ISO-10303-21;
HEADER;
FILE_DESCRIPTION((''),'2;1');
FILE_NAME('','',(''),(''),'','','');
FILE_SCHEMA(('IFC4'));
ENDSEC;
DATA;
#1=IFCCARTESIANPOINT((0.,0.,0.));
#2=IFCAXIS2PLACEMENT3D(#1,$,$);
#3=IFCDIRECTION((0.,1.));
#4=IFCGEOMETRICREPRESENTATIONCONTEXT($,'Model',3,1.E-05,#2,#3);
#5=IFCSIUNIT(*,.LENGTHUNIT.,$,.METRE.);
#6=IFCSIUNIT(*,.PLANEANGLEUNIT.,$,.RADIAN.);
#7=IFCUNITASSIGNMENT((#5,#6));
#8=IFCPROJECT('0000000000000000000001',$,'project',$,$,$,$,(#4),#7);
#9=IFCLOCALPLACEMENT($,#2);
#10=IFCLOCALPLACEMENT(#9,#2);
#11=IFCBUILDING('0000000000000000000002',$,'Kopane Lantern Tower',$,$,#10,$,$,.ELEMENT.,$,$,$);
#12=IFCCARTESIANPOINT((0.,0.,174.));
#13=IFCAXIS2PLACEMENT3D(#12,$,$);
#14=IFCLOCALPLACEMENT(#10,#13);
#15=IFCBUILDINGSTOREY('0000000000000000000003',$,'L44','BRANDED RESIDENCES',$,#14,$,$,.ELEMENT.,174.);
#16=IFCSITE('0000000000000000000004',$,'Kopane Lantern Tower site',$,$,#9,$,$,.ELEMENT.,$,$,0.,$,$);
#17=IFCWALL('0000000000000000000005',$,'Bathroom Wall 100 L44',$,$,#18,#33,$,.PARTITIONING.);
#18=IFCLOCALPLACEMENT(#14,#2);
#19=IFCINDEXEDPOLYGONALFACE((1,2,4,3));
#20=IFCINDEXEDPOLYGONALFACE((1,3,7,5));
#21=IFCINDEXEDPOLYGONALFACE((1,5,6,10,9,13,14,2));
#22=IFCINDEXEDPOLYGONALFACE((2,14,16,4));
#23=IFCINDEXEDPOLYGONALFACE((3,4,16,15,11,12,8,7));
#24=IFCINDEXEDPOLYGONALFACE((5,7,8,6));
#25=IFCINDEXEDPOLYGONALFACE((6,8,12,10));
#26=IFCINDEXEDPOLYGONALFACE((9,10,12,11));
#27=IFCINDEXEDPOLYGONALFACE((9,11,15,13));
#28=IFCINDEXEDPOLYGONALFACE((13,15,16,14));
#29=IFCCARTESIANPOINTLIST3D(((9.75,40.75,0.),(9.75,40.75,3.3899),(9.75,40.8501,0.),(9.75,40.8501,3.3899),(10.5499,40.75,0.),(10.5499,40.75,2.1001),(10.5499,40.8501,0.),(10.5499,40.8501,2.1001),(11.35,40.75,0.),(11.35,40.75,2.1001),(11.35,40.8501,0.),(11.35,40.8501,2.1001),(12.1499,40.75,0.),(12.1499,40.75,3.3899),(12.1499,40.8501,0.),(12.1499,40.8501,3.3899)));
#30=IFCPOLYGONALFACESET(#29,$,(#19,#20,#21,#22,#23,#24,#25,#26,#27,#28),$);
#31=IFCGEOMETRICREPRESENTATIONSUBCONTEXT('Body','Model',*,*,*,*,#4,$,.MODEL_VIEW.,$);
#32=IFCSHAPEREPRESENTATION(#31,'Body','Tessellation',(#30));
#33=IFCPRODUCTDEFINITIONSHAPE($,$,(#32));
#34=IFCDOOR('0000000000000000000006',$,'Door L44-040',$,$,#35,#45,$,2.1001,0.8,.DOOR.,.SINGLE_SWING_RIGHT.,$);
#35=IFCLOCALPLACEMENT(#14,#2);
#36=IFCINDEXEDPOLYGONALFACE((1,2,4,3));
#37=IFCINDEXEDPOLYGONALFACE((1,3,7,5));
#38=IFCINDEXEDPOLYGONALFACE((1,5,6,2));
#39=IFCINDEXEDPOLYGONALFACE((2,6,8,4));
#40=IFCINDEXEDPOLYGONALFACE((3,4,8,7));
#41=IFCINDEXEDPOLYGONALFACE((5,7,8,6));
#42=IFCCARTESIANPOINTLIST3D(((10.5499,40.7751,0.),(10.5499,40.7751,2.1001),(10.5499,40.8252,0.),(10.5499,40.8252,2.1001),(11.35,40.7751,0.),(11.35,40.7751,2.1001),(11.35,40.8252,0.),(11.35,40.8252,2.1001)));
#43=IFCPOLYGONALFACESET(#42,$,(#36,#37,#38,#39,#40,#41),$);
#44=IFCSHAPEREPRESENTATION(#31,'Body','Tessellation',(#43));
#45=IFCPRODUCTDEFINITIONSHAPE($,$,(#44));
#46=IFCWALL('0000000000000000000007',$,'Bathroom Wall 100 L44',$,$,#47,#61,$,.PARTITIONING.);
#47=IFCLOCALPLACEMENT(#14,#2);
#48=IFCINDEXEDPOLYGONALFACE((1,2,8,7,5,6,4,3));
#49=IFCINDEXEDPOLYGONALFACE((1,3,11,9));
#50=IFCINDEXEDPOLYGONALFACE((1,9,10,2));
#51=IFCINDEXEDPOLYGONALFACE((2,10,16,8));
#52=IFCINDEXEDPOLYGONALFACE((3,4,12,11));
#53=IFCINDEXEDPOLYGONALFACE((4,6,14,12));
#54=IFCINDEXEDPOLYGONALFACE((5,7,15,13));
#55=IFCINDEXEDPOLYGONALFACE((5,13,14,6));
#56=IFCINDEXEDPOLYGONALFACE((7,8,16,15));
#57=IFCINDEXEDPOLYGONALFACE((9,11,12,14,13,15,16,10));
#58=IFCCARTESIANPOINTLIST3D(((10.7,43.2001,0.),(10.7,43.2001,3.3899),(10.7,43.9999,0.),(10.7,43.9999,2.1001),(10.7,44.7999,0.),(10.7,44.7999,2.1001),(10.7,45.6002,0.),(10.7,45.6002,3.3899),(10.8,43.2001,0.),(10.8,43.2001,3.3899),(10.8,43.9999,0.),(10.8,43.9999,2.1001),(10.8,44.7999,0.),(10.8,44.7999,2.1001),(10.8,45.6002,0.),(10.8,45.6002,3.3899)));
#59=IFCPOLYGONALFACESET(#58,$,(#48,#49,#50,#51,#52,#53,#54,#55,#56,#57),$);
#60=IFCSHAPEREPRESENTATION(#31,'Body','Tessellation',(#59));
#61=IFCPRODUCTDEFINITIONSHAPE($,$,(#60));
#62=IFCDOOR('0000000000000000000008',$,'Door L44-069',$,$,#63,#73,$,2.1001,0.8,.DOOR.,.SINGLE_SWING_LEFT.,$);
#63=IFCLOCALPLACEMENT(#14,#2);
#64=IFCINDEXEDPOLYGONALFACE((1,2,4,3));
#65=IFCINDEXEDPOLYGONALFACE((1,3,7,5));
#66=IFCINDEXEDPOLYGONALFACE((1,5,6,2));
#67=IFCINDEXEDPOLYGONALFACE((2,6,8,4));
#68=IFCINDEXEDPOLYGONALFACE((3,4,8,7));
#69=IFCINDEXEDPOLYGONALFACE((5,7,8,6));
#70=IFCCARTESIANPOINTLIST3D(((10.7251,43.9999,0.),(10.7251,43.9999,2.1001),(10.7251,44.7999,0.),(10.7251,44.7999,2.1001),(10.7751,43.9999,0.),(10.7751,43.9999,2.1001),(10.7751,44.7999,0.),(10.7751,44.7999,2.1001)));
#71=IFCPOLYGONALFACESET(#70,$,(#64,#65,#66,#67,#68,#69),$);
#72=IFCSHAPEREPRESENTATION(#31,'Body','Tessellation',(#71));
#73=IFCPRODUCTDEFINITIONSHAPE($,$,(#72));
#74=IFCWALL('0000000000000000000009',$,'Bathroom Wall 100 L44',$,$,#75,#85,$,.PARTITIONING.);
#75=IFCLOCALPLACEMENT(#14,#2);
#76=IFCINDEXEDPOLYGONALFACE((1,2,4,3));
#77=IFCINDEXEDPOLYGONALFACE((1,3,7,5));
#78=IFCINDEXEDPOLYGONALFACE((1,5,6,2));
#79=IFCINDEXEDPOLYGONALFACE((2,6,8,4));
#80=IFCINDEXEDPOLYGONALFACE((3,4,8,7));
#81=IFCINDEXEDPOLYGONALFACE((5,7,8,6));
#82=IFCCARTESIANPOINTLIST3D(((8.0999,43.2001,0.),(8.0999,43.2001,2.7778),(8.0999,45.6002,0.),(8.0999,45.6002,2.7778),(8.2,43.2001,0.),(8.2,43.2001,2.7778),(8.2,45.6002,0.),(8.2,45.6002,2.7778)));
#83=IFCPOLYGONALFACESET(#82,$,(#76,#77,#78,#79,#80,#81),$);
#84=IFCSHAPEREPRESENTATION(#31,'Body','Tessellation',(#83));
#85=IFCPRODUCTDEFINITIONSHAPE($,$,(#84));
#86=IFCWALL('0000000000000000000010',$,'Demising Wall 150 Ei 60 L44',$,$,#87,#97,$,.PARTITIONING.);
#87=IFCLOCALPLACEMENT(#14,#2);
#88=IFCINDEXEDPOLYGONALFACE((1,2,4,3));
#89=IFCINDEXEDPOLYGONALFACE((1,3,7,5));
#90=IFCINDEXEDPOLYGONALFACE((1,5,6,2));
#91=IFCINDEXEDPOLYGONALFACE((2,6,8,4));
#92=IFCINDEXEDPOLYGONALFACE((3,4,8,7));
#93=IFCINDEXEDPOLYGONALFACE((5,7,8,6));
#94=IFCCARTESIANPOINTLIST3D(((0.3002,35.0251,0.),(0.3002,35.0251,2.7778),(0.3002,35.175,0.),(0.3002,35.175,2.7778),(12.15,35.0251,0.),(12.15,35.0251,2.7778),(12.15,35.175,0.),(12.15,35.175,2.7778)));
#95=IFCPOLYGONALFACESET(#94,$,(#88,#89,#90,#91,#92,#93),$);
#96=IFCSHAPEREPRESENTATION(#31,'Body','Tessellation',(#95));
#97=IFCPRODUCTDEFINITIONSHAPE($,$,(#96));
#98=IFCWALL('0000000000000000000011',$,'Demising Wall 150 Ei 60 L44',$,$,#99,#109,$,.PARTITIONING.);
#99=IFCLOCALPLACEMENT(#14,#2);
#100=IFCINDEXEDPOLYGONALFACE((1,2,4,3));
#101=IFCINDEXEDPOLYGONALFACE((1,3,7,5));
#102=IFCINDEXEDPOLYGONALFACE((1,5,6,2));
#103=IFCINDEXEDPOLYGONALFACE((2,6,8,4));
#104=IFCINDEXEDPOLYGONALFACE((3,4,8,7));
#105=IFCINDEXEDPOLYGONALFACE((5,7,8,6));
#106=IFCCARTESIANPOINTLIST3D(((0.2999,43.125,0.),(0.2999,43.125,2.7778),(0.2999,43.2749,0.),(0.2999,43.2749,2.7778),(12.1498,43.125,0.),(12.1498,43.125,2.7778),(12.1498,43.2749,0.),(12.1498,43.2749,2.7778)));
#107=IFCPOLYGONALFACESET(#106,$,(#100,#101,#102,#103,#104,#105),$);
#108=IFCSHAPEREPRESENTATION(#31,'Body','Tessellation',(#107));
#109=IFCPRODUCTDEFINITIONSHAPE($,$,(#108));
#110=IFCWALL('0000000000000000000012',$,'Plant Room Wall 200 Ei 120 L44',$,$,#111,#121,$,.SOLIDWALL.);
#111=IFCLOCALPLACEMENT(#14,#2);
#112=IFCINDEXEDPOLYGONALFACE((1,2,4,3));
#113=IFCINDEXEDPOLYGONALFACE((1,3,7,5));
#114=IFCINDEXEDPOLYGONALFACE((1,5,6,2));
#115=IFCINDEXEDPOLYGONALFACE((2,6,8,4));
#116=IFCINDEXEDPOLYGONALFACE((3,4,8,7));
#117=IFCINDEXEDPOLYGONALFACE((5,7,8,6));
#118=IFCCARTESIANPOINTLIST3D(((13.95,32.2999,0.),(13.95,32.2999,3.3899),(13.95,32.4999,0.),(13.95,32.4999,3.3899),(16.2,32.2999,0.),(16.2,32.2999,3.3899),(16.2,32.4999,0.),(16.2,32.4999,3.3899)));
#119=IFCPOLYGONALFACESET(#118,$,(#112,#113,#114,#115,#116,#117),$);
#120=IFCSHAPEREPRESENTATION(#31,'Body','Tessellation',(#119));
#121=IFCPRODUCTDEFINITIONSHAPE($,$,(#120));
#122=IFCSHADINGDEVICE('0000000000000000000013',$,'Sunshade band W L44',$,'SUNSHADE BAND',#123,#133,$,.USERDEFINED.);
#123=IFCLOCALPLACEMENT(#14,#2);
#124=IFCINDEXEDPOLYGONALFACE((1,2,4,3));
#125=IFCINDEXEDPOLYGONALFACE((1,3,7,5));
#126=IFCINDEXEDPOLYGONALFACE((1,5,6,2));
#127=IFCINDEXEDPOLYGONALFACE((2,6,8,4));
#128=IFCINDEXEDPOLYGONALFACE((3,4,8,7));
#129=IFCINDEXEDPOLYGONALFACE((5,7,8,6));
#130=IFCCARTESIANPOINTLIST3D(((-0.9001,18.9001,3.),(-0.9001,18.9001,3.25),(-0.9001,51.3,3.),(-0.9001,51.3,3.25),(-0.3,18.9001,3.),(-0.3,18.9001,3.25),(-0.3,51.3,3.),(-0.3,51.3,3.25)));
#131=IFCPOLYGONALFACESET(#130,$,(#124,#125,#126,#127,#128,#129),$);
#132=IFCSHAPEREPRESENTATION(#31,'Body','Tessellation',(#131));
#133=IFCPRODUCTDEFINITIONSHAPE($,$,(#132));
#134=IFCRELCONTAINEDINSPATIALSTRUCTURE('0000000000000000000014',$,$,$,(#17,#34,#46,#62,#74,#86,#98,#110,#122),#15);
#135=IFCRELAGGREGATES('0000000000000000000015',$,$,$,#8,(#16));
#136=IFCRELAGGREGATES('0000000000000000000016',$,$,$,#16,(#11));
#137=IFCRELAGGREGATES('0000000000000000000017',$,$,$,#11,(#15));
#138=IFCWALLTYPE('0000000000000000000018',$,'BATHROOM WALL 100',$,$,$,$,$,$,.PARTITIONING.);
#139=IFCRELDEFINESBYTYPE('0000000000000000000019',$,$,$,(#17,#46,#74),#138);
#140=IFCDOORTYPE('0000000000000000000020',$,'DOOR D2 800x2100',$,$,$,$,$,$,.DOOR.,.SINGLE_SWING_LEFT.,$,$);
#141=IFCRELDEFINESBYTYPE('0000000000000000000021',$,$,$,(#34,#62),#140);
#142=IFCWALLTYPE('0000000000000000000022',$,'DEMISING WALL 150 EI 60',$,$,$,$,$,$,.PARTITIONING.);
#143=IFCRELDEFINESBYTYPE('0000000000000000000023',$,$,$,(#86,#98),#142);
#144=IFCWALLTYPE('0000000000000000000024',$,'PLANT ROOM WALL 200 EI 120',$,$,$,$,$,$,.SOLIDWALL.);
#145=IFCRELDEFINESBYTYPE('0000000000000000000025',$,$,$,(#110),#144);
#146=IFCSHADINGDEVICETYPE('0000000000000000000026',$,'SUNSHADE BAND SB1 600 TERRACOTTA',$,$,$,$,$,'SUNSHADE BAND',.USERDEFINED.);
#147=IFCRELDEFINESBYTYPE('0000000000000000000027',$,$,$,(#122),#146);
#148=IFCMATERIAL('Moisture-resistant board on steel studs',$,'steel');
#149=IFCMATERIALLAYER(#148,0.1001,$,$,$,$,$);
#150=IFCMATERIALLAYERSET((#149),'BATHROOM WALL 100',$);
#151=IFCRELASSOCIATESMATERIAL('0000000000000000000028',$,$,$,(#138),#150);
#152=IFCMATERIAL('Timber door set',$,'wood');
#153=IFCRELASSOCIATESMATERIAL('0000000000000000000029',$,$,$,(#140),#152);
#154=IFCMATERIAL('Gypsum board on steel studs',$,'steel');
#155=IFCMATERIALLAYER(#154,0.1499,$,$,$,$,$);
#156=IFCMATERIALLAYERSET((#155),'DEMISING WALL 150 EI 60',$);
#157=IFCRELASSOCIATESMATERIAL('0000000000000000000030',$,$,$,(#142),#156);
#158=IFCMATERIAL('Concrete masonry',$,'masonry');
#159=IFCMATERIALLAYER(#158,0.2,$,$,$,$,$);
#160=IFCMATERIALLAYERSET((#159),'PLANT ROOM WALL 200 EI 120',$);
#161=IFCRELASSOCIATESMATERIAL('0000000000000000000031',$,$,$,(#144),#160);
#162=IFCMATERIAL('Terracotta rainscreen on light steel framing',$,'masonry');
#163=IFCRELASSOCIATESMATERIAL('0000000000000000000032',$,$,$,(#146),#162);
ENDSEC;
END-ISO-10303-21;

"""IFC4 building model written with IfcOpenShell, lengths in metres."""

from ifc_helpers import new_model, si_unit, direction, frame, frame_2d, origin, origin_2d, place, context, subcontext, project, spatial, rectangle, extrude, material, layer, layer_set, type_object, element, fill, save


model = new_model("IFC4")

# Units and contexts
model_context = context("Model", 3, precision=1e-05, world=origin(), true_north=direction((0.0, 1.0)))
body_context = subcontext(model_context, "Body", "Model", "MODEL_VIEW")
ifc_project = project(units=[si_unit("LENGTHUNIT", "METRE"), si_unit("PLANEANGLEUNIT", "RADIAN")], contexts=[model_context])

# Site, building, storey
site_placement = place(None, origin())
site = spatial("IfcSite", under=ifc_project, at=site_placement, Name="Kopane Lantern Tower site", CompositionType="ELEMENT", RefElevation=0.0)
building_placement = place(site_placement, origin())
building = spatial("IfcBuilding", under=site, at=building_placement, Name="Kopane Lantern Tower", CompositionType="ELEMENT")
storey_placement = place(building_placement, frame((0.0, 0.0, 174.0)))
storey = spatial("IfcBuildingStorey", under=building, at=storey_placement, Name="L44", Description="BRANDED RESIDENCES", CompositionType="ELEMENT", Elevation=174.0)

# Walls, openings, doors
ifc_material_1 = material(Name="Moisture-resistant board on steel studs", Category="steel")
ifc_layer_1 = layer(ifc_material_1, 0.1001)
ifc_layer_set_1 = layer_set([ifc_layer_1], Name="BATHROOM WALL 100")
wall_type_1 = type_object("IfcWallType", Name="BATHROOM WALL 100", PredefinedType="PARTITIONING", material=ifc_layer_set_1)
ifc_material_2 = material(Name="Timber door set", Category="wood")
door_type = type_object("IfcDoorType", Name="DOOR D2 800x2100", OperationType="SINGLE_SWING_LEFT", PredefinedType="DOOR", material=ifc_material_2)
wall_1_placement = place(storey_placement, frame((12.1499, 40.8, 0.0), z_axis=(0.0, 0.0, 1.0), x_axis=(-1.0, 0.0, 0.0)))
wall_1 = element("IfcWall", 1, at=wall_1_placement, inside=storey, type_object=wall_type_1, Name="Bathroom Wall 100 L44", PredefinedType="PARTITIONING", context=body_context, shape_type="SweptSolid", body=[
    extrude(rectangle(XDim=2.3999, YDim=0.1001, at=frame_2d((1.2, 0.0))), origin(), (0.0, 0.0, 1.0), 3.3899),
])
opening_1_placement = place(wall_1_placement, frame((0.8, 0.0, 0.0)))
opening_1 = element("IfcOpeningElement", 2, at=opening_1_placement, cuts=wall_1, PredefinedType="OPENING", context=body_context, shape_type="SweptSolid", body=[
    extrude(rectangle(XDim=0.8, YDim=2.1001, at=frame_2d((0.3999, 1.05))), frame((0.0, 0.0601, 0.0), z_axis=(0.0, -1.0, 0.0), x_axis=(1.0, 0.0, 0.0)), (0.0, 0.0, 1.0), 0.1201),
])
door_1_placement = place(opening_1_placement, origin())
door_1 = element("IfcDoor", 3, at=door_1_placement, inside=storey, type_object=door_type, Name="Door L44-040", OperationType="SINGLE_SWING_RIGHT", OverallHeight=2.1001, OverallWidth=0.8, PredefinedType="DOOR", context=body_context, shape_type="SweptSolid", body=[
    extrude(rectangle(XDim=0.8, YDim=2.1001, at=frame_2d((0.3999, 1.05))), frame((0.0, 0.0249, 0.0), z_axis=(0.0, -1.0, 0.0), x_axis=(1.0, 0.0, 0.0)), (0.0, 0.0, 1.0), 0.05),
])
fill(opening_1, door_1)
wall_2_placement = place(storey_placement, frame((10.75, 43.2, 0.0), z_axis=(0.0, 0.0, 1.0), x_axis=(0.0, 1.0, 0.0)))
wall_2 = element("IfcWall", 4, at=wall_2_placement, inside=storey, type_object=wall_type_1, Name="Bathroom Wall 100 L44", PredefinedType="PARTITIONING", context=body_context, shape_type="SweptSolid", body=[
    extrude(rectangle(XDim=2.4001, YDim=0.1001, at=frame_2d((1.2002, 0.0))), origin(), (0.0, 0.0, 1.0), 3.3899),
])
opening_2_placement = place(wall_2_placement, frame((0.8, 0.0, 0.0)))
opening_2 = element("IfcOpeningElement", 5, at=opening_2_placement, cuts=wall_2, PredefinedType="OPENING", context=body_context, shape_type="SweptSolid", body=[
    extrude(rectangle(XDim=0.8, YDim=2.1001, at=frame_2d((0.3999, 1.05))), frame((0.0, 0.0601, 0.0), z_axis=(0.0, -1.0, 0.0), x_axis=(1.0, 0.0, 0.0)), (0.0, 0.0, 1.0), 0.1201),
])
door_2_placement = place(opening_2_placement, origin())
door_2 = element("IfcDoor", 6, at=door_2_placement, inside=storey, type_object=door_type, Name="Door L44-069", OperationType="SINGLE_SWING_LEFT", OverallHeight=2.1001, OverallWidth=0.8, PredefinedType="DOOR", context=body_context, shape_type="SweptSolid", body=[
    extrude(rectangle(XDim=0.8, YDim=2.1001, at=frame_2d((0.3999, 1.05))), frame((0.0, 0.0249, 0.0), z_axis=(0.0, -1.0, 0.0), x_axis=(1.0, 0.0, 0.0)), (0.0, 0.0, 1.0), 0.05),
])
fill(opening_2, door_2)

# Walls
wall_3_placement = place(storey_placement, frame((8.1499, 43.2, 0.0), z_axis=(0.0, 0.0, 1.0), x_axis=(0.0, 1.0, 0.0)))
element("IfcWall", 7, at=wall_3_placement, inside=storey, type_object=wall_type_1, Name="Bathroom Wall 100 L44", PredefinedType="PARTITIONING", context=body_context, shape_type="SweptSolid", body=[
    extrude(rectangle(XDim=2.4001, YDim=0.1001, at=frame_2d((1.2002, 0.0))), origin(), (0.0, 0.0, 1.0), 2.7778),
])
ifc_material_3 = material(Name="Gypsum board on steel studs", Category="steel")
ifc_layer_2 = layer(ifc_material_3, 0.1499)
ifc_layer_set_2 = layer_set([ifc_layer_2], Name="DEMISING WALL 150 EI 60")
wall_type_2 = type_object("IfcWallType", Name="DEMISING WALL 150 EI 60", PredefinedType="PARTITIONING", material=ifc_layer_set_2)
for number, where, z_axis, x_axis, name in (
    (8, (12.1499, 35.1001, 0.0), (0.0, 0.0, 1.0), (-1.0, 0.0, 0.0), "Demising Wall 150 Ei 60 L44"),
    (9, (0.3, 43.2, 0.0), (0.0, 0.0, 1.0), (1.0, 0.0, 0.0), "Demising Wall 150 Ei 60 L44"),
):
    element("IfcWall", number, at=place(storey_placement, frame(where, z_axis=z_axis, x_axis=x_axis)), inside=storey, type_object=wall_type_2, Name=name, PredefinedType="PARTITIONING", context=body_context, shape_type="SweptSolid", body=[
        extrude(rectangle(XDim=11.8499, YDim=0.1499, at=frame_2d((5.9248, 0.0))), origin(), (0.0, 0.0, 1.0), 2.7778),
    ])
ifc_material_4 = material(Name="Concrete masonry", Category="masonry")
ifc_layer_3 = layer(ifc_material_4, 0.2)
ifc_layer_set_3 = layer_set([ifc_layer_3], Name="PLANT ROOM WALL 200 EI 120")
wall_type_3 = type_object("IfcWallType", Name="PLANT ROOM WALL 200 EI 120", PredefinedType="SOLIDWALL", material=ifc_layer_set_3)
wall_4_placement = place(storey_placement, frame((13.95, 32.3999, 0.0), z_axis=(0.0, 0.0, 1.0), x_axis=(1.0, 0.0, 0.0)))
element("IfcWall", 10, at=wall_4_placement, inside=storey, type_object=wall_type_3, Name="Plant Room Wall 200 Ei 120 L44", PredefinedType="SOLIDWALL", context=body_context, shape_type="SweptSolid", body=[
    extrude(rectangle(XDim=2.25, YDim=0.2, at=frame_2d((1.125, 0.0))), origin(), (0.0, 0.0, 1.0), 3.3899),
])

# Shading device
ifc_material_5 = material(Name="Terracotta rainscreen on light steel framing", Category="masonry")
shading_device_type = type_object("IfcShadingDeviceType", Name="SUNSHADE BAND SB1 600 TERRACOTTA", ElementType="SUNSHADE BAND", PredefinedType="USERDEFINED", material=ifc_material_5)
shading_device_placement = place(storey_placement, frame((-0.6001, 35.1001, 3.0), z_axis=(0.0, 0.0, 1.0), x_axis=(0.0, -1.0, 0.0)))
element("IfcShadingDevice", 11, at=shading_device_placement, inside=storey, type_object=shading_device_type, Name="Sunshade band W L44", ObjectType="SUNSHADE BAND", PredefinedType="USERDEFINED", context=body_context, shape_type="SweptSolid", body=[
    extrude(rectangle(XDim=32.3999, YDim=0.6001, at=origin_2d()), origin(), (0.0, 0.0, 1.0), 0.25),
])

save(model, "model.ifc")
